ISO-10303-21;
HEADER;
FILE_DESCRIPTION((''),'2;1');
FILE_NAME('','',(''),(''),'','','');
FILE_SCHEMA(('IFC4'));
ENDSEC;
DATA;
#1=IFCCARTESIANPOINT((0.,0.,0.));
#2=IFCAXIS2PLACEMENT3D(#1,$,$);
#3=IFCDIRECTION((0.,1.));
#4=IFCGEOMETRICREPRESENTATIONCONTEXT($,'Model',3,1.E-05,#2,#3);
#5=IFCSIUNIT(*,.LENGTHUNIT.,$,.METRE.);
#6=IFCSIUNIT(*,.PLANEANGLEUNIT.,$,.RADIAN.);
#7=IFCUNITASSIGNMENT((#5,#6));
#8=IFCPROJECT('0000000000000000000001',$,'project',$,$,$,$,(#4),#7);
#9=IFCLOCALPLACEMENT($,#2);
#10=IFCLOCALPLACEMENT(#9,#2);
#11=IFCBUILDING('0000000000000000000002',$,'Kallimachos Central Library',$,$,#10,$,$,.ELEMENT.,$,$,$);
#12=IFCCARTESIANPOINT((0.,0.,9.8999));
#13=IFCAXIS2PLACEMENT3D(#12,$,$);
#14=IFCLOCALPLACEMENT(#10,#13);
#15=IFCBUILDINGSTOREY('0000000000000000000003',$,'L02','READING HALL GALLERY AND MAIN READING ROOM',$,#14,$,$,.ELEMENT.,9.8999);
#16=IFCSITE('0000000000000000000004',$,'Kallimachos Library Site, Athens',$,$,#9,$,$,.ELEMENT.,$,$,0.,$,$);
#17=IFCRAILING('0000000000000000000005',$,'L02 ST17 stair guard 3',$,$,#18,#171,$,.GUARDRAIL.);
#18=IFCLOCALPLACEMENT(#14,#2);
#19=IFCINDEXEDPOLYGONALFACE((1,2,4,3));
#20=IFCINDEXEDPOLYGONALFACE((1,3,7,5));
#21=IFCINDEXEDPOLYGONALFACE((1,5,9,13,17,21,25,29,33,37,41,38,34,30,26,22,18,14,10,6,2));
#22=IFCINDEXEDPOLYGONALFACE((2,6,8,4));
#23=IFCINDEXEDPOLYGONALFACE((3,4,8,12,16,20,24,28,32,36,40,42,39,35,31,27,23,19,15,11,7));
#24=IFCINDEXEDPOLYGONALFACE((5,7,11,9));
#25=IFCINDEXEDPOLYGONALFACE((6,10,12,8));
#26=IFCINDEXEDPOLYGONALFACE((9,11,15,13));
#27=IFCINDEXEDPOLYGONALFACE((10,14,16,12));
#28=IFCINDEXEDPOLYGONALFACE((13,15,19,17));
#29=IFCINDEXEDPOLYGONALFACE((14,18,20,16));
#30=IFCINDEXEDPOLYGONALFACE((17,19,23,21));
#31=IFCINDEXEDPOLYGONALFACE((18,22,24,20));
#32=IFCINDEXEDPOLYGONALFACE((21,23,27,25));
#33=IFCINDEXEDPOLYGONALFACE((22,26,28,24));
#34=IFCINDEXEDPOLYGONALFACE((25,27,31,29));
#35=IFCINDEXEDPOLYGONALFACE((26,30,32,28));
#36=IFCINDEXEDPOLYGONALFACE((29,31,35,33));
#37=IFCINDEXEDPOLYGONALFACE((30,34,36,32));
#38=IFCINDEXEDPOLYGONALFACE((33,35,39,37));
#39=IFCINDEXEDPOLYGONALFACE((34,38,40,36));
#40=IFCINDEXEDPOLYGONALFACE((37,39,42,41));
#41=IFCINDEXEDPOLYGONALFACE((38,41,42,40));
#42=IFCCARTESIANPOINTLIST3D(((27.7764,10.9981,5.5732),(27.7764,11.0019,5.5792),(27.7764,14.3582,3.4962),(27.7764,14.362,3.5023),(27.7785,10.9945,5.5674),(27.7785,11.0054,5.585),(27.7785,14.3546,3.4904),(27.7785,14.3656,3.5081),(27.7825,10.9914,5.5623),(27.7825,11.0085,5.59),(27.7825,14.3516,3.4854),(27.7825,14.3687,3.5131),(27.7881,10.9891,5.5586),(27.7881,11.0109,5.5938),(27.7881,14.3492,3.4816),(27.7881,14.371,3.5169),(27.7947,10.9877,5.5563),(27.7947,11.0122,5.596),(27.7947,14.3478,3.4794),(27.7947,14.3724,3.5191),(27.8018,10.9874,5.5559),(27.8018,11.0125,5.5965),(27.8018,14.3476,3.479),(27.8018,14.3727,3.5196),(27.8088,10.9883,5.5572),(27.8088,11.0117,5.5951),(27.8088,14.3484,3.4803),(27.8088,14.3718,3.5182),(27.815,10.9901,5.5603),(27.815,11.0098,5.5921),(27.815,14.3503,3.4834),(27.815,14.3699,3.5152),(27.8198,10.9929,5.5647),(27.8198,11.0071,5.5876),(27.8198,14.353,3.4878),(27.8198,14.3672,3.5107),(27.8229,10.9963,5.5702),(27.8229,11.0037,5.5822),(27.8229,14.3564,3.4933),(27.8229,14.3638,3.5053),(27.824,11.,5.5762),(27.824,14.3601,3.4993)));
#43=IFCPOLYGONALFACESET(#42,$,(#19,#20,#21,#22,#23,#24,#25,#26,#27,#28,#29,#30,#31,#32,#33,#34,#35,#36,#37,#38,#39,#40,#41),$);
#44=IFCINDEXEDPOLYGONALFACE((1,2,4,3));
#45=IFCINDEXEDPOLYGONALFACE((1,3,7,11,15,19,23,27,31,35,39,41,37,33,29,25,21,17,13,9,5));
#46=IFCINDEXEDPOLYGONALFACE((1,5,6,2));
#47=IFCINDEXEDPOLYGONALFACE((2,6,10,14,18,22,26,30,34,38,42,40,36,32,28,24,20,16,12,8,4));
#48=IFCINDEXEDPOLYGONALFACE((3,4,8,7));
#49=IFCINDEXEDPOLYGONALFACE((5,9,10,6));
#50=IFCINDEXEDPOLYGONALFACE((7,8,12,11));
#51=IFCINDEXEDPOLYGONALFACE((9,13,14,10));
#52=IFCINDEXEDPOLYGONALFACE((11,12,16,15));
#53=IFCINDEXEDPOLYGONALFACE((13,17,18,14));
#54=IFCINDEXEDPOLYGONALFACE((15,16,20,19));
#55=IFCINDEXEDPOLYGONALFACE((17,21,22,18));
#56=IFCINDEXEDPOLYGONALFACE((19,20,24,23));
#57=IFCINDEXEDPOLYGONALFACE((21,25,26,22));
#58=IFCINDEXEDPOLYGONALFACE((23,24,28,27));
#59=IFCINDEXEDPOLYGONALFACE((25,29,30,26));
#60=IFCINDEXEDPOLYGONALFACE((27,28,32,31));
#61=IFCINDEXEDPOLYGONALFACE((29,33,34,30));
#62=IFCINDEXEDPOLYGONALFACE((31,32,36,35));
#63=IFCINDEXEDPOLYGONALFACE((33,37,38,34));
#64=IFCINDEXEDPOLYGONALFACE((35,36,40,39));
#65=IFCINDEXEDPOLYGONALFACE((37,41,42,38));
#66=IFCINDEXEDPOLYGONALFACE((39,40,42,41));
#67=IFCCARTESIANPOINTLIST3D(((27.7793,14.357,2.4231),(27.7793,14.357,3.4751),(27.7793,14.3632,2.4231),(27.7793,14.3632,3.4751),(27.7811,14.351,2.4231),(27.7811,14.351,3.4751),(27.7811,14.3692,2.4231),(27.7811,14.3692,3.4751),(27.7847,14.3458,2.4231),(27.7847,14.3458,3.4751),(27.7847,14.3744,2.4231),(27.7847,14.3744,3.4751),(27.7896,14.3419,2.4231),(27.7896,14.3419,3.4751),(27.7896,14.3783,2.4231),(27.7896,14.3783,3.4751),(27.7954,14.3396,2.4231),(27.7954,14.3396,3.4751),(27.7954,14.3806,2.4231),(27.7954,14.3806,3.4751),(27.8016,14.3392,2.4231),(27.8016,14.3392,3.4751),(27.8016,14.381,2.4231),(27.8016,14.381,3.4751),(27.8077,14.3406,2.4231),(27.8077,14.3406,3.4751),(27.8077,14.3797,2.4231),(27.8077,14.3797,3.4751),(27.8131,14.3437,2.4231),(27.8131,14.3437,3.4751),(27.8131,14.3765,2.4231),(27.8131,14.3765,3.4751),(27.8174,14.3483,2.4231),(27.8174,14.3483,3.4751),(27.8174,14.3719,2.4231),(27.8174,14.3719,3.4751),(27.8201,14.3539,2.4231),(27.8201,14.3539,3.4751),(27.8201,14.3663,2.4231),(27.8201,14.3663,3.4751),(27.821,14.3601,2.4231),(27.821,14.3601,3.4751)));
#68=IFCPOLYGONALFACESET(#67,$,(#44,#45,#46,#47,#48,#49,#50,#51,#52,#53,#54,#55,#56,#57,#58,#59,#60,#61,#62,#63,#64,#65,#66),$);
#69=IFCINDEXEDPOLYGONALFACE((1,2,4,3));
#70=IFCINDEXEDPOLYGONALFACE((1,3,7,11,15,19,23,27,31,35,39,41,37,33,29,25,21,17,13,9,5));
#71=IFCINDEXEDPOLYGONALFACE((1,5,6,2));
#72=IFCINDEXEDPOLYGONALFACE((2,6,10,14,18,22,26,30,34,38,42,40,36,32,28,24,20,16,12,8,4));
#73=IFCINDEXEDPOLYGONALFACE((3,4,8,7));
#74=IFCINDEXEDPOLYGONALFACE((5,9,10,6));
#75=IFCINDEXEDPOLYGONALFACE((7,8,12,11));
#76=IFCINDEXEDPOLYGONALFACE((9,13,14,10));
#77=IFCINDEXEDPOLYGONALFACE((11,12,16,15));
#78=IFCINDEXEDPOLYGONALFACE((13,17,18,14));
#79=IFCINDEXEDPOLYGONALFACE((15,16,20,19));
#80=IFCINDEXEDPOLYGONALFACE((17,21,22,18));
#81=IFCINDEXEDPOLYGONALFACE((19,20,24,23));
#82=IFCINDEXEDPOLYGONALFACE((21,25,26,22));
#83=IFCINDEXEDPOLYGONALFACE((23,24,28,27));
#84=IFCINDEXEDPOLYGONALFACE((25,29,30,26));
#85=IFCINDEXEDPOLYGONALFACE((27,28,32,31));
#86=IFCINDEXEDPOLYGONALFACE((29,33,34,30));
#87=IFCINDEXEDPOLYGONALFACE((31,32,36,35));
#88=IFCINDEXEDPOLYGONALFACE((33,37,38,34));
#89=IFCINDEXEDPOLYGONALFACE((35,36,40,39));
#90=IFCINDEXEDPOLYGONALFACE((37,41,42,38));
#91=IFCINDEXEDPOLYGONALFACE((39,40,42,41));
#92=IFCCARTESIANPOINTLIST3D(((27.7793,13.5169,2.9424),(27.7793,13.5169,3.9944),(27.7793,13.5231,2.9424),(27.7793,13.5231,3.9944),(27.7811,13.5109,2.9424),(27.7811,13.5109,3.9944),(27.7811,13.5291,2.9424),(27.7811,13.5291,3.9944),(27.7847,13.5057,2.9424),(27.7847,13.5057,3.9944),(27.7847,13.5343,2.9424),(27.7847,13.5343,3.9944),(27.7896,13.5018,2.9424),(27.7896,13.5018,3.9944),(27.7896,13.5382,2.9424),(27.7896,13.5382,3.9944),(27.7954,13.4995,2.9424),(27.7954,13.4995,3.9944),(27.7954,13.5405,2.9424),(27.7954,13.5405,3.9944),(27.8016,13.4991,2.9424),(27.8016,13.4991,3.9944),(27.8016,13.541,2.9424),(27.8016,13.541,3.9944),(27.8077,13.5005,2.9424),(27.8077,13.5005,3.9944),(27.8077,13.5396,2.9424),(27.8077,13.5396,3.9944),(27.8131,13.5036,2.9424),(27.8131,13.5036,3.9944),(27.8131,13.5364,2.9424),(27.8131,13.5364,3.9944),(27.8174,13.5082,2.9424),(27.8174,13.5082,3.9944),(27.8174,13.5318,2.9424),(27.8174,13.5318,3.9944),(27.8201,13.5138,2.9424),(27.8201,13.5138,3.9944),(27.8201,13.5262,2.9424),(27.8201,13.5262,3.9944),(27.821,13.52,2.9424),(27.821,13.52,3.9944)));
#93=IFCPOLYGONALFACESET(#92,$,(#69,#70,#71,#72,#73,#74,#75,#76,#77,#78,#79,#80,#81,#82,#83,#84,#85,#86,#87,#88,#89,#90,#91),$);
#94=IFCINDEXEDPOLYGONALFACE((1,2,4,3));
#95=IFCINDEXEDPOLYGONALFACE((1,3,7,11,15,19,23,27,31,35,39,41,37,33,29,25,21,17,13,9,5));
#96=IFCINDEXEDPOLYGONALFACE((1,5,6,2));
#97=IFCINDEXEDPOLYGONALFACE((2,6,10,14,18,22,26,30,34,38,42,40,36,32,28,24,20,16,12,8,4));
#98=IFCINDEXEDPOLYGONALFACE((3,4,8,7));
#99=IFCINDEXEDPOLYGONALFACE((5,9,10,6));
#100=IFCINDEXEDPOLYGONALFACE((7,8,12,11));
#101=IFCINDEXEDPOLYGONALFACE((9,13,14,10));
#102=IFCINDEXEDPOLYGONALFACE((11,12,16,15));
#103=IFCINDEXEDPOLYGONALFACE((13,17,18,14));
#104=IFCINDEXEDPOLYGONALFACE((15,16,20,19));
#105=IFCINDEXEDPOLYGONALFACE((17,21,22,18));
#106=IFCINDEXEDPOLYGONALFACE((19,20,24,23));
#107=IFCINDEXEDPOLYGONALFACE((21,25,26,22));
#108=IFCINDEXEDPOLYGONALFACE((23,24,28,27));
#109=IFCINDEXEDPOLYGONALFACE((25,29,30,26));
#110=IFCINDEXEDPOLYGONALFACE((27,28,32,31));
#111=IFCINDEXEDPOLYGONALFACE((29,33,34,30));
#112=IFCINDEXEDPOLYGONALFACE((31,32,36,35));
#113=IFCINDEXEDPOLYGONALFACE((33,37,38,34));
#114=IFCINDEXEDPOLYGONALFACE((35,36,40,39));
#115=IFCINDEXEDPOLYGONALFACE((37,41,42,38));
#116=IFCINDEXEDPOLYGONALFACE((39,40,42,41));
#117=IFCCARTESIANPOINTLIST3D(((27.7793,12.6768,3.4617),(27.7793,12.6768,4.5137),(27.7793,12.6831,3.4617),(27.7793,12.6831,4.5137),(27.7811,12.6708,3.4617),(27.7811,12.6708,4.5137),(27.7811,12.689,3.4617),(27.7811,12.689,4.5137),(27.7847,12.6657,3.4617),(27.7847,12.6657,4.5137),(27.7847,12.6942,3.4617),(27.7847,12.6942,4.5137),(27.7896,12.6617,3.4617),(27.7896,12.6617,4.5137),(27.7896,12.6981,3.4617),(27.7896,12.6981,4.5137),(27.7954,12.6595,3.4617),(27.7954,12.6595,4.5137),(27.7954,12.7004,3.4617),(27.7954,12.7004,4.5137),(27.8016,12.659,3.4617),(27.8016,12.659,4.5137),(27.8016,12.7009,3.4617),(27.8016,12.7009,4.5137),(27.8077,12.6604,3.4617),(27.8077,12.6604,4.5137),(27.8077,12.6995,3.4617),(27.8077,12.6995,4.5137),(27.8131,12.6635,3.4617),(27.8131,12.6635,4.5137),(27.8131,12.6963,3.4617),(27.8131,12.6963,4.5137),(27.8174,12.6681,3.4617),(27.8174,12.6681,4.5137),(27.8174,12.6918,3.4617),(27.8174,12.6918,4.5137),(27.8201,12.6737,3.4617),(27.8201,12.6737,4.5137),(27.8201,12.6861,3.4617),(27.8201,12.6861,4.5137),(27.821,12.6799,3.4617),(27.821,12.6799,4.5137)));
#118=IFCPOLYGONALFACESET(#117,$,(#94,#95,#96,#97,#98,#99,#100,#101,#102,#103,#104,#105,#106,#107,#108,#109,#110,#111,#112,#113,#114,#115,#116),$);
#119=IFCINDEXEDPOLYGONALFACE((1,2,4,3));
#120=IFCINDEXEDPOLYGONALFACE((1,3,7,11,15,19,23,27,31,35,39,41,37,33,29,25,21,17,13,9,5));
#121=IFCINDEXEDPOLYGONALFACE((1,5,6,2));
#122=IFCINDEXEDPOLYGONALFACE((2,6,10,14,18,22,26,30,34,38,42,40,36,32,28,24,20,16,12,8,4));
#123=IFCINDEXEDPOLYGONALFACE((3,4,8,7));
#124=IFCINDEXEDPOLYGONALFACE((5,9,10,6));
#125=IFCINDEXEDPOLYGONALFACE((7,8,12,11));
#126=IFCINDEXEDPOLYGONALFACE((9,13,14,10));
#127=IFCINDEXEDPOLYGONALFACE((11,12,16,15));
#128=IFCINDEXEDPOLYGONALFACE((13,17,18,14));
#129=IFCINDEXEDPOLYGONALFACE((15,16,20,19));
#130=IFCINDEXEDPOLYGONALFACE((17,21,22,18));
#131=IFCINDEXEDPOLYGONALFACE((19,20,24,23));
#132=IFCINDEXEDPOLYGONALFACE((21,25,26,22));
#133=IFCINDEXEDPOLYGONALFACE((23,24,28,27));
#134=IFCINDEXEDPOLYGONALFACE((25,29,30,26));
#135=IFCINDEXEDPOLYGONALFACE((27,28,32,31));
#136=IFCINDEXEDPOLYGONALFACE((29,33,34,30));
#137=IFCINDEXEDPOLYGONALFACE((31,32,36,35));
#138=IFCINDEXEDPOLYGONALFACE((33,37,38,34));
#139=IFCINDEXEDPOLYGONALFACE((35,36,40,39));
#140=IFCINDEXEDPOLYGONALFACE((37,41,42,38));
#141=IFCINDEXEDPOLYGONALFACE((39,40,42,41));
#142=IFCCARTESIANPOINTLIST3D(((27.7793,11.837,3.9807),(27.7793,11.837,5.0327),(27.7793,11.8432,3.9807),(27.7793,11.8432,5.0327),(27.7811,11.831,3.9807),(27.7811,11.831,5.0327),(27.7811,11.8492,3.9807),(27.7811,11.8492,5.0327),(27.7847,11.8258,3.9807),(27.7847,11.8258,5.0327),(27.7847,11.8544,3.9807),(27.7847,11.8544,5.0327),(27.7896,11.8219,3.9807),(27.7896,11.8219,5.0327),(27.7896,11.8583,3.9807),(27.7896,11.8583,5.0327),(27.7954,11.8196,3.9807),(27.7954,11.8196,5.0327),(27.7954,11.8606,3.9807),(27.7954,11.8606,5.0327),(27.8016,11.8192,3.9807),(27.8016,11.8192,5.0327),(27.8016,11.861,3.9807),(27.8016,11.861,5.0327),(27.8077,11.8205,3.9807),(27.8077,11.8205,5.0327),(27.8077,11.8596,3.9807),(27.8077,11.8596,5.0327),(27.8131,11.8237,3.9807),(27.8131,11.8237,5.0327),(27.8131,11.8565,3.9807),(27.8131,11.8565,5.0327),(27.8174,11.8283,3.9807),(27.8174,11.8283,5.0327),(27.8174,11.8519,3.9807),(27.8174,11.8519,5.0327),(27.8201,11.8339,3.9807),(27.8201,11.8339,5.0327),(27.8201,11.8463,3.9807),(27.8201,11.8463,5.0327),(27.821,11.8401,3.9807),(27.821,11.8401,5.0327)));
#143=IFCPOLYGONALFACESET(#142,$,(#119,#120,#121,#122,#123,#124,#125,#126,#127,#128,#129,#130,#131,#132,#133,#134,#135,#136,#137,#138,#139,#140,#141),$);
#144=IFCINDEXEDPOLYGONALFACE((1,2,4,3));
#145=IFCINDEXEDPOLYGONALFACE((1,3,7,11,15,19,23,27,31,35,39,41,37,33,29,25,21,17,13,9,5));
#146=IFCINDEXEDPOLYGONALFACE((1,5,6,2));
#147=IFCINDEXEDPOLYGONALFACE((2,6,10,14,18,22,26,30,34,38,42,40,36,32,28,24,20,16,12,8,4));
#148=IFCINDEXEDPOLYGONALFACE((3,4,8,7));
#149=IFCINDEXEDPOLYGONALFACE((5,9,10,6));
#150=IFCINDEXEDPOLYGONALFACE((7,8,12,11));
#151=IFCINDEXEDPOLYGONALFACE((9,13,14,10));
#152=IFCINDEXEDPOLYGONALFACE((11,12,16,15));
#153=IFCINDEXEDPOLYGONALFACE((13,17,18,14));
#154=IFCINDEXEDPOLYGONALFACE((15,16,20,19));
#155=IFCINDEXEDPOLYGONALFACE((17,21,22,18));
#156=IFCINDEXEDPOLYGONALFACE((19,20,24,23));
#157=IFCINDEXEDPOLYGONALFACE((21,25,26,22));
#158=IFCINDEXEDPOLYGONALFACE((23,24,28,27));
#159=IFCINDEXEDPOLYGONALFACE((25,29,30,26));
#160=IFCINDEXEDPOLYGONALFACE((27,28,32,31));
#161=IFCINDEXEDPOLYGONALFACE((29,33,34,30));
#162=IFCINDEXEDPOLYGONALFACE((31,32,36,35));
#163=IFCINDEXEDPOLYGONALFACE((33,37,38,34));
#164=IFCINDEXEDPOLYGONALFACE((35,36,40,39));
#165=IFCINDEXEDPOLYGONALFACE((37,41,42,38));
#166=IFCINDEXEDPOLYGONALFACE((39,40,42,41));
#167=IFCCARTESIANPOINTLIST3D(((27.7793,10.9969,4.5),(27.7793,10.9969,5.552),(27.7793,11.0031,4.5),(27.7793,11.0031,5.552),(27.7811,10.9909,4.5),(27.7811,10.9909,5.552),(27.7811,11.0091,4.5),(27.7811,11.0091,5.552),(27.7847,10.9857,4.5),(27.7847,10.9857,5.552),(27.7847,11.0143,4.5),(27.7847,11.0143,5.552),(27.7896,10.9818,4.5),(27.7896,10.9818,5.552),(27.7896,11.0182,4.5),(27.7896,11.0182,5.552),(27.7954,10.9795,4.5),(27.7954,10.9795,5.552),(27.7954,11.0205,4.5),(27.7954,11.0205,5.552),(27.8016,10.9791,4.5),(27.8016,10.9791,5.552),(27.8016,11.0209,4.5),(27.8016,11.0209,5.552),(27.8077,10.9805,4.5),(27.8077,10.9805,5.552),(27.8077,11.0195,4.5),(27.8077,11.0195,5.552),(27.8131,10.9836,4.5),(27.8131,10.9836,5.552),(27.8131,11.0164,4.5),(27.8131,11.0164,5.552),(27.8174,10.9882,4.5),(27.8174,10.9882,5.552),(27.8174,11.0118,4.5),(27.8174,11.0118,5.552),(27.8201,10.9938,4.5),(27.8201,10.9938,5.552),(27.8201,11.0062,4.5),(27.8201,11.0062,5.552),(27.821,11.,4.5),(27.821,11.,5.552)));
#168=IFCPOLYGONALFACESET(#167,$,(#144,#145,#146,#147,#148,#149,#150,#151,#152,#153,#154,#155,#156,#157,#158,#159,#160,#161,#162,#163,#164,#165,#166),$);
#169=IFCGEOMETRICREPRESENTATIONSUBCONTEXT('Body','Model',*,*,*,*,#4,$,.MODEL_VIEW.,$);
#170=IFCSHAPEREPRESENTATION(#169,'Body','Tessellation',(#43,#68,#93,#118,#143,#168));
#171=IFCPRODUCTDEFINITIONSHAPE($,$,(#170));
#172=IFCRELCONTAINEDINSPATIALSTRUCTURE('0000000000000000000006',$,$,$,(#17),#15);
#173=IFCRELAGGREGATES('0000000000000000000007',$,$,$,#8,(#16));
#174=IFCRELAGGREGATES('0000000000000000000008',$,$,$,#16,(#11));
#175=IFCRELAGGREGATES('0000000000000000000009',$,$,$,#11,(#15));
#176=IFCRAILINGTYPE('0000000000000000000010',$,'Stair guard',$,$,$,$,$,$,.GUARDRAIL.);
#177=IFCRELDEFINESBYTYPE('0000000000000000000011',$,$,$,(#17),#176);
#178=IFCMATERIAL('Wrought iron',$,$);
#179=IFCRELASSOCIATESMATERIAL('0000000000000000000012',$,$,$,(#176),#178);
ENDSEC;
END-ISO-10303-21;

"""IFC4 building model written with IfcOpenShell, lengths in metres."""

from ifc_helpers import new_model, si_unit, direction, frame, origin, origin_2d, place, context, subcontext, project, spatial, circle, extrude, material, type_object, element, save


model = new_model("IFC4")

# Units and contexts
model_context = context("Model", 3, precision=1e-05, world=origin(), true_north=direction((0.0, 1.0)))
body_context = subcontext(model_context, "Body", "Model", "MODEL_VIEW")
ifc_project = project(units=[si_unit("LENGTHUNIT", "METRE"), si_unit("PLANEANGLEUNIT", "RADIAN")], contexts=[model_context])

# Site, building, storey
site_placement = place(None, origin())
site = spatial("IfcSite", under=ifc_project, at=site_placement, Name="Kallimachos Library Site, Athens", CompositionType="ELEMENT", RefElevation=0.0)
building_placement = place(site_placement, origin())
building = spatial("IfcBuilding", under=site, at=building_placement, Name="Kallimachos Central Library", CompositionType="ELEMENT")
storey_placement = place(building_placement, frame((0.0, 0.0, 9.8999)))
storey = spatial("IfcBuildingStorey", under=building, at=storey_placement, Name="L02", Description="READING HALL GALLERY AND MAIN READING ROOM", CompositionType="ELEMENT", Elevation=9.8999)

# Railing
ifc_material_1 = material(Name="Wrought iron")
railing_type_1 = type_object("IfcRailingType", Name="Stair guard", PredefinedType="GUARDRAIL", material=ifc_material_1)
railing_1_placement = place(storey_placement, frame((27.8, 14.3601, 2.4231)))
element("IfcRailing", 1, at=railing_1_placement, inside=storey, type_object=railing_type_1, Name="L02 ST17 stair guard 3", PredefinedType="GUARDRAIL", context=body_context, shape_type="SweptSolid", body=[
    extrude(circle(Radius=0.0239, at=origin_2d()), frame((0.0, 0.0, 1.0762), z_axis=(0.0, -0.850623, 0.525776), x_axis=(1.0, 0.0, 0.0)), (0.0, 0.0, 1.0), 3.9502),
    extrude(circle(Radius=0.021, at=origin_2d()), origin(), (0.0, 0.0, 1.0), 1.052),
    extrude(circle(Radius=0.021, at=origin_2d()), frame((0.0, -0.8401, 0.5193)), (0.0, 0.0, 1.0), 1.052),
    extrude(circle(Radius=0.021, at=origin_2d()), frame((0.0, -1.6802, 1.0386)), (0.0, 0.0, 1.0), 1.052),
    extrude(circle(Radius=0.021, at=origin_2d()), frame((0.0, -2.52, 1.5576)), (0.0, 0.0, 1.0), 1.052),
    extrude(circle(Radius=0.021, at=origin_2d()), frame((0.0, -3.3601, 2.0769)), (0.0, 0.0, 1.0), 1.052),
])

save(model, "model.ifc")
